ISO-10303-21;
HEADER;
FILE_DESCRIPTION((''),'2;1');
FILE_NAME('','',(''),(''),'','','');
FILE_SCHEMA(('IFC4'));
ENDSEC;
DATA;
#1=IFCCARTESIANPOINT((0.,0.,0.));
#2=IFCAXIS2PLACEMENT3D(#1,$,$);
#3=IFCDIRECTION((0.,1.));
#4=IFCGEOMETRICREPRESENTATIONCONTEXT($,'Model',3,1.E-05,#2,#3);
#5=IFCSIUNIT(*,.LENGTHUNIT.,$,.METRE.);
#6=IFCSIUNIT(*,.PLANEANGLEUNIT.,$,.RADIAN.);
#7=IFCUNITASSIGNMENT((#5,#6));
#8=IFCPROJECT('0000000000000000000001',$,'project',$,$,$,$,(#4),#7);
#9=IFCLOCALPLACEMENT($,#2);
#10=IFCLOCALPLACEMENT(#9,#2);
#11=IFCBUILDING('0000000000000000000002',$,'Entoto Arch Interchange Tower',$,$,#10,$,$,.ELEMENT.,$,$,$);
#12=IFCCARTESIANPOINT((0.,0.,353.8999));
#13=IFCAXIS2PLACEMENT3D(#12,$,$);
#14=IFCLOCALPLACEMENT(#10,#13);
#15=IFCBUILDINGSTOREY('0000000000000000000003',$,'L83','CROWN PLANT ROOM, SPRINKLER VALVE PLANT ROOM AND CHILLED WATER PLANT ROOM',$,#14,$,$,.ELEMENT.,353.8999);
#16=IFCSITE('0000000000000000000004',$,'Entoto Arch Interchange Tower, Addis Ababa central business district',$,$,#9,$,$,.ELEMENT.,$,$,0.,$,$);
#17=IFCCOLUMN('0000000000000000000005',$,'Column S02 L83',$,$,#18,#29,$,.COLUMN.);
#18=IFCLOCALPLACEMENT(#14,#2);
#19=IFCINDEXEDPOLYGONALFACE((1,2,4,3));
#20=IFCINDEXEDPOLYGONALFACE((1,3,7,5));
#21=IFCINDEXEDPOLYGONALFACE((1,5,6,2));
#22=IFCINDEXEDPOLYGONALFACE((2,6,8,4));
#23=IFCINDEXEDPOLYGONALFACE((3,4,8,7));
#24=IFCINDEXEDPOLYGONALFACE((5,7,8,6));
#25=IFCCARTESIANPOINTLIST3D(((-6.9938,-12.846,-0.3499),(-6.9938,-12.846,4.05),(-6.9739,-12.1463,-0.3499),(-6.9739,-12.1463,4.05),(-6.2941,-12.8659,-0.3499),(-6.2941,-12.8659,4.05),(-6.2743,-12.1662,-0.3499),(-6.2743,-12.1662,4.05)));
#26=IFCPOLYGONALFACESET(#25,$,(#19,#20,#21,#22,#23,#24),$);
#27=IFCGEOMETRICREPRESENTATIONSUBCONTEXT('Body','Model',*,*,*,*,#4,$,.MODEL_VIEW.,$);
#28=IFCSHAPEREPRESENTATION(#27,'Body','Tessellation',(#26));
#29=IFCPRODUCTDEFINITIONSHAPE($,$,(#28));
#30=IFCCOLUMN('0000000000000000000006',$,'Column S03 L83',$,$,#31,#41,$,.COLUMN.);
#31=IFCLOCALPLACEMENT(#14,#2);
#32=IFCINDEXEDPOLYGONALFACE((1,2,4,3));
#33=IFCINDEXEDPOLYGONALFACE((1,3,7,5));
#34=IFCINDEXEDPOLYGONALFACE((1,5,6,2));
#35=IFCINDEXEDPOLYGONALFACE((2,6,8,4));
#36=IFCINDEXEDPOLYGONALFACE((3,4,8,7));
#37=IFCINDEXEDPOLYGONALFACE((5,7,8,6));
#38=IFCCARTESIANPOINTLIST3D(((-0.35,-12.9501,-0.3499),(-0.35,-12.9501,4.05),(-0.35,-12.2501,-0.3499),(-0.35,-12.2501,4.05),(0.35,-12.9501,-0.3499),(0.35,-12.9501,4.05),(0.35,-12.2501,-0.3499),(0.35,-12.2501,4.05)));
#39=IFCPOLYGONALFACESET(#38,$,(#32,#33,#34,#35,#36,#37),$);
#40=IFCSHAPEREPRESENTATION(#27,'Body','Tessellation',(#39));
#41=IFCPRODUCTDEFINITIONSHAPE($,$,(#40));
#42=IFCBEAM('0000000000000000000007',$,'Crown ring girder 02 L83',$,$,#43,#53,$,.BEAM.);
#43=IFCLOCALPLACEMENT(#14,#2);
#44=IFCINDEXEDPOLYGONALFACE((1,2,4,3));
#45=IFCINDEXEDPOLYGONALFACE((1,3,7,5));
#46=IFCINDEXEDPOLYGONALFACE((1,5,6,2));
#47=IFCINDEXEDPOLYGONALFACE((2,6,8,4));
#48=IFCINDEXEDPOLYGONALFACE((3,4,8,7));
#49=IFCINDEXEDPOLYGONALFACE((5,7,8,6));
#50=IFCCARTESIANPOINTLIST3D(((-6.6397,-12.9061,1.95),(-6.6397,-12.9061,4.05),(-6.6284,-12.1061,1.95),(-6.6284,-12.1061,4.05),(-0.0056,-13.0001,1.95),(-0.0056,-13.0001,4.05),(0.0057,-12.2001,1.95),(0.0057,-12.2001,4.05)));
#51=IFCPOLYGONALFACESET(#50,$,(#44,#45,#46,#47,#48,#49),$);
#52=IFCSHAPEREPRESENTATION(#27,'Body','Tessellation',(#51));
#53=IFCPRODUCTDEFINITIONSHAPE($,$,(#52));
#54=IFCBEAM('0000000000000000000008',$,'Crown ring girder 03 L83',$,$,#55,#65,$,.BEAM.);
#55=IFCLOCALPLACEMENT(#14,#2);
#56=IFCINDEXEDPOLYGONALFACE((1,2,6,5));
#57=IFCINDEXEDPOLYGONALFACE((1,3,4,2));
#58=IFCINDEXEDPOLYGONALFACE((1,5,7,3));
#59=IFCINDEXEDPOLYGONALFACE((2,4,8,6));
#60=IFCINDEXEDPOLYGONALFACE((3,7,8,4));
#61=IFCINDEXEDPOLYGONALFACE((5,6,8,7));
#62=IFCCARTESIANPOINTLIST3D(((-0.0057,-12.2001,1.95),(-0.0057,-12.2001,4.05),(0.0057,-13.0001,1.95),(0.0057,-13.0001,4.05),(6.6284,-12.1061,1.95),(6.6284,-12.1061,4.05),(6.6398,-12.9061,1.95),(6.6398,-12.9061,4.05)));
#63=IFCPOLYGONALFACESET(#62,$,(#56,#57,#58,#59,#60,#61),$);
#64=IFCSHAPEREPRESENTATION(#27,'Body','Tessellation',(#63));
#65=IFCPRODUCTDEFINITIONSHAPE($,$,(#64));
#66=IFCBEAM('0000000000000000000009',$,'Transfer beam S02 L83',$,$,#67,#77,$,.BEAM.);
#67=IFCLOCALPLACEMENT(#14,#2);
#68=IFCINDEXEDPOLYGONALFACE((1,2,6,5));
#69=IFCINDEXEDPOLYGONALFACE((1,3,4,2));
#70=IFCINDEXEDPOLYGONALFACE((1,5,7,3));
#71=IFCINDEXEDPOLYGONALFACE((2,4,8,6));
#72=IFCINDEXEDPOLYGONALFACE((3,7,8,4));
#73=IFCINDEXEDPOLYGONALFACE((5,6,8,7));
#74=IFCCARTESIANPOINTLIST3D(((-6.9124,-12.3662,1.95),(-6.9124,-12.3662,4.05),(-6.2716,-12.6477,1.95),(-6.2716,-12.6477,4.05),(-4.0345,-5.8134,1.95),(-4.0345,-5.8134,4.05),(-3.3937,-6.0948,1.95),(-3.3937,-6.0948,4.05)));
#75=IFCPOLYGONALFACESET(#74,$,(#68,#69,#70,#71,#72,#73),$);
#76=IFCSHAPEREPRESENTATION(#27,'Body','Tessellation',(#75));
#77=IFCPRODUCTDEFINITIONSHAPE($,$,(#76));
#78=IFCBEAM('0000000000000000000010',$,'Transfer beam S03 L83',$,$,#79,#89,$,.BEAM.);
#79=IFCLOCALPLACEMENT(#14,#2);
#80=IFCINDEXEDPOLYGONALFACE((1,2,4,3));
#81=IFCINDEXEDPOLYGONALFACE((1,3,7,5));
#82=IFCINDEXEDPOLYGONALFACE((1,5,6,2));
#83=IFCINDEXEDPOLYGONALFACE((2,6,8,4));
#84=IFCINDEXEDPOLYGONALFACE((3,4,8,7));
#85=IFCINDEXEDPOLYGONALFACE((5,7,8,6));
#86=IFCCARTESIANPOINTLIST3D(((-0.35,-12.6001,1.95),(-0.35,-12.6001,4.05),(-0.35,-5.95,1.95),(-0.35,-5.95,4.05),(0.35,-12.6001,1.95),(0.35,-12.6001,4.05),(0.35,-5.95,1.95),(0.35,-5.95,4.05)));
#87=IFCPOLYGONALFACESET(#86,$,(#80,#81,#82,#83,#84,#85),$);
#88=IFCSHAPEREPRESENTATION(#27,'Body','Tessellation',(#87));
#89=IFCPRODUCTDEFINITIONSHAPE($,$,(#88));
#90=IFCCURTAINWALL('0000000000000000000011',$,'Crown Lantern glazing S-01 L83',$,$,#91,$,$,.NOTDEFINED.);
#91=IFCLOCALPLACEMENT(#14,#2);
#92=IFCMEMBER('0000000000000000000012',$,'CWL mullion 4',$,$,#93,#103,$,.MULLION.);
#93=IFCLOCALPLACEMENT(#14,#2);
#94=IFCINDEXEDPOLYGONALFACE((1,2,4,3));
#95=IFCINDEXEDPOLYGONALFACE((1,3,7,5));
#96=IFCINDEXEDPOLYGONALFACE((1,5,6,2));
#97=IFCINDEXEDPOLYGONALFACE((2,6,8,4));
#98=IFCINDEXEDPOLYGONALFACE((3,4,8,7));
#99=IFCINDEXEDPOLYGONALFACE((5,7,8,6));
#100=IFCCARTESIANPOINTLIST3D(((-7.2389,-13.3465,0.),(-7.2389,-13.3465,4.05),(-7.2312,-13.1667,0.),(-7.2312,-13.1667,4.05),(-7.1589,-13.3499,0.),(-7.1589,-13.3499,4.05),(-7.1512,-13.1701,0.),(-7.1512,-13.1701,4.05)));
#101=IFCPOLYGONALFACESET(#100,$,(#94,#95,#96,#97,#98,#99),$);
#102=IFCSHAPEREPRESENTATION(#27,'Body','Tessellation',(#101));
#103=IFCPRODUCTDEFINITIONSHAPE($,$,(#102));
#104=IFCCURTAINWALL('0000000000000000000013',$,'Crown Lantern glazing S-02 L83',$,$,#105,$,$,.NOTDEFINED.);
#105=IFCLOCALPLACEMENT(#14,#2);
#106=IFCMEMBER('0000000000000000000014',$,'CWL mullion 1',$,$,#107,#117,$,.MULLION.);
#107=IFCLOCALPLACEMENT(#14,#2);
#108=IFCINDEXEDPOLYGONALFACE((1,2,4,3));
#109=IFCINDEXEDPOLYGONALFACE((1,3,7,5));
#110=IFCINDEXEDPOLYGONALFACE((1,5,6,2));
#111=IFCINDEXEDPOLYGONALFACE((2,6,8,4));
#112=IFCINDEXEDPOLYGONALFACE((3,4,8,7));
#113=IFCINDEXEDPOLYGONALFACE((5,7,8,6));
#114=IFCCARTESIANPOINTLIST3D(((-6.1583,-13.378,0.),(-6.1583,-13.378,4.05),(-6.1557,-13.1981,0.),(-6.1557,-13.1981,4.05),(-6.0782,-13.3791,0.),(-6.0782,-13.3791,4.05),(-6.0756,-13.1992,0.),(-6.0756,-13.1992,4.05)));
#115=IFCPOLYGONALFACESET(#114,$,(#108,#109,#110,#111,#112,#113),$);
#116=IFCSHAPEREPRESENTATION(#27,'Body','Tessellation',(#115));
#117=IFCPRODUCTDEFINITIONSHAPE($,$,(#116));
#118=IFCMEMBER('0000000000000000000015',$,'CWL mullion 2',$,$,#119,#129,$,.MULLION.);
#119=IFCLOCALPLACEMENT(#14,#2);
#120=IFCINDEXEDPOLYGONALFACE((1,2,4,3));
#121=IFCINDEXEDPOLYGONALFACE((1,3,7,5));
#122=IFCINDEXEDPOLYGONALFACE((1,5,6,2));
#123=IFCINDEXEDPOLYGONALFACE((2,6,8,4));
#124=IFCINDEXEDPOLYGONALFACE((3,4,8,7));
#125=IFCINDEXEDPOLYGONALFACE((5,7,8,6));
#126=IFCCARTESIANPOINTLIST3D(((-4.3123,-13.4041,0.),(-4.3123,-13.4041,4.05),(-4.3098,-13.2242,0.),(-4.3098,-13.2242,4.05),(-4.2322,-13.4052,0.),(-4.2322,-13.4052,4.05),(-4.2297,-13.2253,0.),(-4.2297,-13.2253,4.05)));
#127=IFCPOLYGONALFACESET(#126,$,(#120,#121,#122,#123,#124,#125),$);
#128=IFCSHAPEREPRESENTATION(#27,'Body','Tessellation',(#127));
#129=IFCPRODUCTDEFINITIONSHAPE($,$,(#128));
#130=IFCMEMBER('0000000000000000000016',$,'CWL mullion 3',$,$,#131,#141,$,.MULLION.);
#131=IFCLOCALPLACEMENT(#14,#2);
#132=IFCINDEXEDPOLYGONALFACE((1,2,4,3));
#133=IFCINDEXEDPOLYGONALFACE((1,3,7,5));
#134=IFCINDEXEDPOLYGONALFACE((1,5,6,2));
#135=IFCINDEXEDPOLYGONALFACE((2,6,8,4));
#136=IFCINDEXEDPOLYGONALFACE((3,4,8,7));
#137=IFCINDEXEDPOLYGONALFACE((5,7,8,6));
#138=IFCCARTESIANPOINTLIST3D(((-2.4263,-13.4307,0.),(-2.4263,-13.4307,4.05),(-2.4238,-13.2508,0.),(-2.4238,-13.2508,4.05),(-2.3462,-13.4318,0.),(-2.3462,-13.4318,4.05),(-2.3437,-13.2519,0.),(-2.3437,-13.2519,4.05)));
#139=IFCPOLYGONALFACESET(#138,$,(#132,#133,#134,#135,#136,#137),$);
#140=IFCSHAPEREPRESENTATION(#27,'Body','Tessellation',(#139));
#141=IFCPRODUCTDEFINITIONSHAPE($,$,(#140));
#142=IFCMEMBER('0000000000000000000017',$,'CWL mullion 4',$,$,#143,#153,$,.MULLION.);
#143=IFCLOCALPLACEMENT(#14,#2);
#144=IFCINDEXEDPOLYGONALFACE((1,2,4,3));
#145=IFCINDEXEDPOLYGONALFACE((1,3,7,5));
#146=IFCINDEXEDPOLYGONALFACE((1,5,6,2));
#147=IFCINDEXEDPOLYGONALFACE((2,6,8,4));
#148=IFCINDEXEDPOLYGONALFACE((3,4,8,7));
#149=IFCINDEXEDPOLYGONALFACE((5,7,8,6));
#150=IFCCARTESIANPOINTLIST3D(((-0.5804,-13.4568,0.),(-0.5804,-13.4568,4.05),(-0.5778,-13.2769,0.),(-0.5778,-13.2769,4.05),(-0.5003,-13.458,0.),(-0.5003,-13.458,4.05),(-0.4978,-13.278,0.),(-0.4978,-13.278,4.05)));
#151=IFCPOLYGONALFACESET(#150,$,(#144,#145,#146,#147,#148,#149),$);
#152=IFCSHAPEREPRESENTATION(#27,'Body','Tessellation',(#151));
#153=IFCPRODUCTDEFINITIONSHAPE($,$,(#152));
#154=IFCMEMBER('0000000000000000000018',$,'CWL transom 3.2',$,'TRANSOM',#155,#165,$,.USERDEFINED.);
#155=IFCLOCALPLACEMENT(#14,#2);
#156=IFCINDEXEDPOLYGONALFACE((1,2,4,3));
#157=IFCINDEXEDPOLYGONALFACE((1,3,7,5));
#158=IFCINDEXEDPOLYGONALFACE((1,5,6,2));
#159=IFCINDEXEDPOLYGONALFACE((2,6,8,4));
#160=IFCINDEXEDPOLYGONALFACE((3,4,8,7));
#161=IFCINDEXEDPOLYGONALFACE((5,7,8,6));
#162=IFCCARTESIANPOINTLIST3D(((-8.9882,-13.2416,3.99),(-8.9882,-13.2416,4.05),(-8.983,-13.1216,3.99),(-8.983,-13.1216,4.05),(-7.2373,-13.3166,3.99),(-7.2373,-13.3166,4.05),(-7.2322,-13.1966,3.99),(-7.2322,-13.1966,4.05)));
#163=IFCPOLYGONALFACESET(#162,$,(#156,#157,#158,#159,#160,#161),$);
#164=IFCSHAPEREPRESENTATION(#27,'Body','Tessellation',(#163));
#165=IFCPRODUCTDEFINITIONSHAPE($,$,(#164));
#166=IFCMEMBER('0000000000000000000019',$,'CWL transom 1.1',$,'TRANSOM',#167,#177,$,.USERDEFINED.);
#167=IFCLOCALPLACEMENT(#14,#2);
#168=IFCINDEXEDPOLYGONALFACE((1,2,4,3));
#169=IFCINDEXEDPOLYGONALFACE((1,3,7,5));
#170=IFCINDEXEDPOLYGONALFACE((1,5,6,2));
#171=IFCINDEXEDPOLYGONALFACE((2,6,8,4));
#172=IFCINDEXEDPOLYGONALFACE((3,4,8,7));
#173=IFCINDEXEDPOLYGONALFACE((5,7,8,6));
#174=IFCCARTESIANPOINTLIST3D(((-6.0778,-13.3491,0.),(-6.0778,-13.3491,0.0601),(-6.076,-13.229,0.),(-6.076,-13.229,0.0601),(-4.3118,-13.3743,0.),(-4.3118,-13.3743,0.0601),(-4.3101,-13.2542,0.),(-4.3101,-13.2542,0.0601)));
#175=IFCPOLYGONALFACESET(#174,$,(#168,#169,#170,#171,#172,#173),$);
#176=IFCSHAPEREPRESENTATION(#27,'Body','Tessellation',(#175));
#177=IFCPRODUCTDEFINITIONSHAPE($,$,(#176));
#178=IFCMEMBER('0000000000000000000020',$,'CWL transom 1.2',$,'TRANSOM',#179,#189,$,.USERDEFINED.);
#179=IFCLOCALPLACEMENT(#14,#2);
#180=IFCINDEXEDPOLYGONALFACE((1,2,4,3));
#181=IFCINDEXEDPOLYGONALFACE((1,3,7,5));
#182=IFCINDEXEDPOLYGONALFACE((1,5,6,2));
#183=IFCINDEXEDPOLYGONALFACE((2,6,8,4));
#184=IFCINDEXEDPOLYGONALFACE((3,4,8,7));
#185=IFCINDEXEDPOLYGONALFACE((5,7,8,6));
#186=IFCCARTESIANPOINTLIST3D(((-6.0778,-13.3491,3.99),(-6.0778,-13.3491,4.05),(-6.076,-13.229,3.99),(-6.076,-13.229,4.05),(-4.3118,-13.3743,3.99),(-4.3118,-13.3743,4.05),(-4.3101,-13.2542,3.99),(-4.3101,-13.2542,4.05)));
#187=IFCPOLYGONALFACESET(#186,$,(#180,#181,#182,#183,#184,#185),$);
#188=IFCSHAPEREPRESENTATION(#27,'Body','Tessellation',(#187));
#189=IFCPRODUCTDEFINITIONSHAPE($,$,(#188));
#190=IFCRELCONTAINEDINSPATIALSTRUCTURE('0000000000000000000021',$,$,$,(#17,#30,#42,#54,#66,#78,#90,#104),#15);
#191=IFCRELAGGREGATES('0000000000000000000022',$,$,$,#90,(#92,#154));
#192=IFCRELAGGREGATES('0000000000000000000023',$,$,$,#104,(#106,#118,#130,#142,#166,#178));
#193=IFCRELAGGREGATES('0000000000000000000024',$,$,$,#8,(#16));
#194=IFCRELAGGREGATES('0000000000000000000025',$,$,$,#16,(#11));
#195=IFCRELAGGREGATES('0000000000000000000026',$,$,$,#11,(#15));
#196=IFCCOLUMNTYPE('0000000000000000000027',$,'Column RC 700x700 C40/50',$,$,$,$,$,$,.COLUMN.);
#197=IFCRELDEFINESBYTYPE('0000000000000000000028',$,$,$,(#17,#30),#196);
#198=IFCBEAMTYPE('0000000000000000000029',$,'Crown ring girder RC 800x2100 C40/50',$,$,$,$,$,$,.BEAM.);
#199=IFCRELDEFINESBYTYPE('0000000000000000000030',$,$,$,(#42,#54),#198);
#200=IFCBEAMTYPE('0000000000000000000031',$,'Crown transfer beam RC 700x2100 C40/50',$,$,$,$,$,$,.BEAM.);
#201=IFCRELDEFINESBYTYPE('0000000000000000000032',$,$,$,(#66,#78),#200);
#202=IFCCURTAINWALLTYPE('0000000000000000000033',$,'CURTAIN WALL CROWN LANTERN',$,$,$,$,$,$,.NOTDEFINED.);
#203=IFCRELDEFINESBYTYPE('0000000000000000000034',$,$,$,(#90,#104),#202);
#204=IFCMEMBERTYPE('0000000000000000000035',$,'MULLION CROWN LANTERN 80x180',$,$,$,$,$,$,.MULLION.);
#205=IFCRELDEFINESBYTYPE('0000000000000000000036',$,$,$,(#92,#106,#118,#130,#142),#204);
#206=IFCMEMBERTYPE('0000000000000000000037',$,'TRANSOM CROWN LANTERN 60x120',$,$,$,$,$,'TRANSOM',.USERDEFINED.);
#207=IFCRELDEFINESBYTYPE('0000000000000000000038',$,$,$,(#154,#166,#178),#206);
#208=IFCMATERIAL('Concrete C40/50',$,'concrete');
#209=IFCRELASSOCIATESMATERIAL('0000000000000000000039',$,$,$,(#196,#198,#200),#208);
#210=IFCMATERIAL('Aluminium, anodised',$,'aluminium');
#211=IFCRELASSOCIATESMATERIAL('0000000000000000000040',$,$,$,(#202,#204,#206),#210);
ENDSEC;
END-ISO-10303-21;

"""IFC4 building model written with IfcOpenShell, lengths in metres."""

from ifc_helpers import new_model, si_unit, direction, frame, origin, origin_2d, place, context, subcontext, project, spatial, rectangle, extrude, material, material_profile, profile_set, type_object, element, aggregate, save


model = new_model("IFC4")

# Units and contexts
model_context = context("Model", 3, precision=1e-05, world=origin(), true_north=direction((0.0, 1.0)))
body_context = subcontext(model_context, "Body", "Model", "MODEL_VIEW")
ifc_project = project(units=[si_unit("LENGTHUNIT", "METRE"), si_unit("PLANEANGLEUNIT", "RADIAN")], contexts=[model_context])

# Site, building, storey
site_placement = place(None, origin())
site = spatial("IfcSite", under=ifc_project, at=site_placement, Name="Entoto Arch Interchange Tower, Addis Ababa central business district", CompositionType="ELEMENT", RefElevation=0.0)
building_placement = place(site_placement, origin())
building = spatial("IfcBuilding", under=site, at=building_placement, Name="Entoto Arch Interchange Tower", CompositionType="ELEMENT")
storey_placement = place(building_placement, frame((0.0, 0.0, 353.8999)))
storey = spatial("IfcBuildingStorey", under=building, at=storey_placement, Name="L83", Description="CROWN PLANT ROOM, SPRINKLER VALVE PLANT ROOM AND CHILLED WATER PLANT ROOM", CompositionType="ELEMENT", Elevation=353.8999)

# Columns
ifc_material_1 = material(Name="Concrete C40/50", Category="concrete")
ifc_material_profile_1 = material_profile(ifc_material_1, rectangle(XDim=0.7, YDim=0.7, at=origin_2d()))
ifc_profile_set_1 = profile_set([ifc_material_profile_1], Name="Concrete C40/50")
column_type = type_object("IfcColumnType", Name="Column RC 700x700 C40/50", PredefinedType="COLUMN", material=ifc_profile_set_1)
for number, where, z_axis, x_axis, name in (
    (1, (-6.634, -12.5061, -0.3499), (0.0, 0.0, 1.0), (-0.999598, 0.028358, 0.0), "Column S02 L83"),
    (2, (0.0, -12.6001, -0.3499), (0.0, 0.0, 1.0), (1.0, 0.0, 0.0), "Column S03 L83"),
):
    element("IfcColumn", number, at=place(storey_placement, frame(where, z_axis=z_axis, x_axis=x_axis)), inside=storey, type_object=column_type, Name=name, PredefinedType="COLUMN", context=body_context, shape_type="SweptSolid", body=[
        extrude(rectangle(XDim=0.7, YDim=0.7, at=origin_2d()), origin(), (0.0, 0.0, 1.0), 4.3999),
    ])

# Beams
ifc_material_profile_2 = material_profile(ifc_material_1, rectangle(XDim=0.8, YDim=2.1001, at=origin_2d()))
ifc_profile_set_2 = profile_set([ifc_material_profile_2], Name="Concrete C40/50")
beam_type_1 = type_object("IfcBeamType", Name="Crown ring girder RC 800x2100 C40/50", PredefinedType="BEAM", material=ifc_profile_set_2)
for number, where, z_axis, x_axis, name in (
    (3, (-6.634, -12.5061, 3.0), (0.9999, -0.014167, 0.0), (0.014167, 0.9999, 0.0), "Crown ring girder 02 L83"),
    (4, (0.0, -12.6001, 3.0), (0.9999, 0.014167, 0.0), (-0.014167, 0.9999, 0.0), "Crown ring girder 03 L83"),
):
    element("IfcBeam", number, at=place(storey_placement, frame(where, z_axis=z_axis, x_axis=x_axis)), inside=storey, type_object=beam_type_1, Name=name, PredefinedType="BEAM", context=body_context, shape_type="SweptSolid", body=[
        extrude(rectangle(XDim=0.8, YDim=2.1001, at=origin_2d()), origin(), (0.0, 0.0, 1.0), 6.6348),
    ])
ifc_material_profile_3 = material_profile(ifc_material_1, rectangle(XDim=0.7, YDim=2.1001, at=origin_2d()))
ifc_profile_set_3 = profile_set([ifc_material_profile_3], Name="Concrete C40/50")
beam_type_2 = type_object("IfcBeamType", Name="Crown transfer beam RC 700x2100 C40/50", PredefinedType="BEAM", material=ifc_profile_set_3)
beam_1_placement = place(storey_placement, frame((-3.7141, -5.9541, 3.0), z_axis=(-0.402109, -0.915592, 0.0), x_axis=(0.915592, -0.402109, 0.0)))
element("IfcBeam", 5, at=beam_1_placement, inside=storey, type_object=beam_type_2, Name="Transfer beam S02 L83", PredefinedType="BEAM", context=body_context, shape_type="SweptSolid", body=[
    extrude(rectangle(XDim=0.7, YDim=2.1001, at=origin_2d()), origin(), (0.0, 0.0, 1.0), 7.157),
])
beam_2_placement = place(storey_placement, frame((0.0, -5.95, 3.0), z_axis=(0.0, -1.0, 0.0), x_axis=(1.0, 0.0, 0.0)))
element("IfcBeam", 6, at=beam_2_placement, inside=storey, type_object=beam_type_2, Name="Transfer beam S03 L83", PredefinedType="BEAM", context=body_context, shape_type="SweptSolid", body=[
    extrude(rectangle(XDim=0.7, YDim=2.1001, at=origin_2d()), origin(), (0.0, 0.0, 1.0), 6.6501),
])

# Curtain wall, member
ifc_material_2 = material(Name="Aluminium, anodised", Category="aluminium")
curtain_wall_type = type_object("IfcCurtainWallType", Name="CURTAIN WALL CROWN LANTERN", PredefinedType="NOTDEFINED", material=ifc_material_2)
curtain_wall_1_placement = place(storey_placement, origin())
curtain_wall_1 = element("IfcCurtainWall", 7, at=curtain_wall_1_placement, inside=storey, type_object=curtain_wall_type, Name="Crown Lantern glazing S-01 L83", PredefinedType="NOTDEFINED")
ifc_material_profile_4 = material_profile(ifc_material_2, rectangle(XDim=0.1799, YDim=0.0801, at=origin_2d()))
ifc_profile_set_4 = profile_set([ifc_material_profile_4], Name="Aluminium, anodised")
member_type_1 = type_object("IfcMemberType", Name="MULLION CROWN LANTERN 80x180", PredefinedType="MULLION", material=ifc_profile_set_4)
member_1_placement = place(storey_placement, frame((-7.1951, -13.2583, 0.0), z_axis=(0.0, 0.0, 1.0), x_axis=(0.042726, 0.999087, 0.0)))
member_1 = element("IfcMember", 8, at=member_1_placement, type_object=member_type_1, Name="CWL mullion 4", PredefinedType="MULLION", context=body_context, shape_type="SweptSolid", body=[
    extrude(rectangle(XDim=0.1799, YDim=0.0801, at=origin_2d()), origin(), (0.0, 0.0, 1.0), 4.05),
])

# Curtain wall, members
curtain_wall_2_placement = place(storey_placement, origin())
curtain_wall_2 = element("IfcCurtainWall", 9, at=curtain_wall_2_placement, inside=storey, type_object=curtain_wall_type, Name="Crown Lantern glazing S-02 L83", PredefinedType="NOTDEFINED")
member_2_placement = place(storey_placement, frame((-6.1169, -13.2886, 0.0), z_axis=(0.0, 0.0, 1.0), x_axis=(0.014138, 0.9999, 0.0)))
member_2 = element("IfcMember", 10, at=member_2_placement, type_object=member_type_1, Name="CWL mullion 1", PredefinedType="MULLION", context=body_context, shape_type="SweptSolid", body=[
    extrude(rectangle(XDim=0.1799, YDim=0.0801, at=origin_2d()), origin(), (0.0, 0.0, 1.0), 4.05),
])
member_3_placement = place(storey_placement, frame((-4.271, -13.3147, 0.0), z_axis=(0.0, 0.0, 1.0), x_axis=(0.014138, 0.9999, 0.0)))
member_3 = element("IfcMember", 11, at=member_3_placement, type_object=member_type_1, Name="CWL mullion 2", PredefinedType="MULLION", context=body_context, shape_type="SweptSolid", body=[
    extrude(rectangle(XDim=0.1799, YDim=0.0801, at=origin_2d()), origin(), (0.0, 0.0, 1.0), 4.05),
])
member_4_placement = place(storey_placement, frame((-2.385, -13.3413, 0.0), z_axis=(0.0, 0.0, 1.0), x_axis=(0.014138, 0.9999, 0.0)))
member_4 = element("IfcMember", 12, at=member_4_placement, type_object=member_type_1, Name="CWL mullion 3", PredefinedType="MULLION", context=body_context, shape_type="SweptSolid", body=[
    extrude(rectangle(XDim=0.1799, YDim=0.0801, at=origin_2d()), origin(), (0.0, 0.0, 1.0), 4.05),
])
member_5_placement = place(storey_placement, frame((-0.5391, -13.3674, 0.0), z_axis=(0.0, 0.0, 1.0), x_axis=(0.014138, 0.9999, 0.0)))
member_5 = element("IfcMember", 13, at=member_5_placement, type_object=member_type_1, Name="CWL mullion 4", PredefinedType="MULLION", context=body_context, shape_type="SweptSolid", body=[
    extrude(rectangle(XDim=0.1799, YDim=0.0801, at=origin_2d()), origin(), (0.0, 0.0, 1.0), 4.05),
])

# Members
ifc_material_profile_5 = material_profile(ifc_material_2, rectangle(XDim=0.1201, YDim=0.0601, at=origin_2d()))
ifc_profile_set_5 = profile_set([ifc_material_profile_5], Name="Aluminium, anodised")
member_type_2 = type_object("IfcMemberType", Name="TRANSOM CROWN LANTERN 60x120", ElementType="TRANSOM", PredefinedType="USERDEFINED", material=ifc_profile_set_5)
member_6_placement = place(storey_placement, frame((-8.9856, -13.1816, 4.02), z_axis=(0.999085, -0.042772, 0.0), x_axis=(0.042772, 0.999085, 0.0)))
member_6 = element("IfcMember", 14, at=member_6_placement, type_object=member_type_2, Name="CWL transom 3.2", ObjectType="TRANSOM", PredefinedType="USERDEFINED", context=body_context, shape_type="SweptSolid", body=[
    extrude(rectangle(XDim=0.1201, YDim=0.0601, at=origin_2d()), origin(), (0.0, 0.0, 1.0), 1.7524),
])
member_7_placement = place(storey_placement, frame((-6.0769, -13.2891, 0.03), z_axis=(0.999899, -0.014239, 0.0), x_axis=(0.014239, 0.999899, 0.0)))
member_7 = element("IfcMember", 15, at=member_7_placement, type_object=member_type_2, Name="CWL transom 1.1", ObjectType="TRANSOM", PredefinedType="USERDEFINED", context=body_context, shape_type="SweptSolid", body=[
    extrude(rectangle(XDim=0.1201, YDim=0.0601, at=origin_2d()), origin(), (0.0, 0.0, 1.0), 1.7661),
])
member_8_placement = place(storey_placement, frame((-6.0769, -13.2891, 4.02), z_axis=(0.999899, -0.014239, 0.0), x_axis=(0.014239, 0.999899, 0.0)))
member_8 = element("IfcMember", 16, at=member_8_placement, type_object=member_type_2, Name="CWL transom 1.2", ObjectType="TRANSOM", PredefinedType="USERDEFINED", context=body_context, shape_type="SweptSolid", body=[
    extrude(rectangle(XDim=0.1201, YDim=0.0601, at=origin_2d()), origin(), (0.0, 0.0, 1.0), 1.7661),
])

aggregate(curtain_wall_1, [member_1, member_6])
aggregate(curtain_wall_2, [member_2, member_3, member_4, member_5, member_7, member_8])

save(model, "model.ifc")
